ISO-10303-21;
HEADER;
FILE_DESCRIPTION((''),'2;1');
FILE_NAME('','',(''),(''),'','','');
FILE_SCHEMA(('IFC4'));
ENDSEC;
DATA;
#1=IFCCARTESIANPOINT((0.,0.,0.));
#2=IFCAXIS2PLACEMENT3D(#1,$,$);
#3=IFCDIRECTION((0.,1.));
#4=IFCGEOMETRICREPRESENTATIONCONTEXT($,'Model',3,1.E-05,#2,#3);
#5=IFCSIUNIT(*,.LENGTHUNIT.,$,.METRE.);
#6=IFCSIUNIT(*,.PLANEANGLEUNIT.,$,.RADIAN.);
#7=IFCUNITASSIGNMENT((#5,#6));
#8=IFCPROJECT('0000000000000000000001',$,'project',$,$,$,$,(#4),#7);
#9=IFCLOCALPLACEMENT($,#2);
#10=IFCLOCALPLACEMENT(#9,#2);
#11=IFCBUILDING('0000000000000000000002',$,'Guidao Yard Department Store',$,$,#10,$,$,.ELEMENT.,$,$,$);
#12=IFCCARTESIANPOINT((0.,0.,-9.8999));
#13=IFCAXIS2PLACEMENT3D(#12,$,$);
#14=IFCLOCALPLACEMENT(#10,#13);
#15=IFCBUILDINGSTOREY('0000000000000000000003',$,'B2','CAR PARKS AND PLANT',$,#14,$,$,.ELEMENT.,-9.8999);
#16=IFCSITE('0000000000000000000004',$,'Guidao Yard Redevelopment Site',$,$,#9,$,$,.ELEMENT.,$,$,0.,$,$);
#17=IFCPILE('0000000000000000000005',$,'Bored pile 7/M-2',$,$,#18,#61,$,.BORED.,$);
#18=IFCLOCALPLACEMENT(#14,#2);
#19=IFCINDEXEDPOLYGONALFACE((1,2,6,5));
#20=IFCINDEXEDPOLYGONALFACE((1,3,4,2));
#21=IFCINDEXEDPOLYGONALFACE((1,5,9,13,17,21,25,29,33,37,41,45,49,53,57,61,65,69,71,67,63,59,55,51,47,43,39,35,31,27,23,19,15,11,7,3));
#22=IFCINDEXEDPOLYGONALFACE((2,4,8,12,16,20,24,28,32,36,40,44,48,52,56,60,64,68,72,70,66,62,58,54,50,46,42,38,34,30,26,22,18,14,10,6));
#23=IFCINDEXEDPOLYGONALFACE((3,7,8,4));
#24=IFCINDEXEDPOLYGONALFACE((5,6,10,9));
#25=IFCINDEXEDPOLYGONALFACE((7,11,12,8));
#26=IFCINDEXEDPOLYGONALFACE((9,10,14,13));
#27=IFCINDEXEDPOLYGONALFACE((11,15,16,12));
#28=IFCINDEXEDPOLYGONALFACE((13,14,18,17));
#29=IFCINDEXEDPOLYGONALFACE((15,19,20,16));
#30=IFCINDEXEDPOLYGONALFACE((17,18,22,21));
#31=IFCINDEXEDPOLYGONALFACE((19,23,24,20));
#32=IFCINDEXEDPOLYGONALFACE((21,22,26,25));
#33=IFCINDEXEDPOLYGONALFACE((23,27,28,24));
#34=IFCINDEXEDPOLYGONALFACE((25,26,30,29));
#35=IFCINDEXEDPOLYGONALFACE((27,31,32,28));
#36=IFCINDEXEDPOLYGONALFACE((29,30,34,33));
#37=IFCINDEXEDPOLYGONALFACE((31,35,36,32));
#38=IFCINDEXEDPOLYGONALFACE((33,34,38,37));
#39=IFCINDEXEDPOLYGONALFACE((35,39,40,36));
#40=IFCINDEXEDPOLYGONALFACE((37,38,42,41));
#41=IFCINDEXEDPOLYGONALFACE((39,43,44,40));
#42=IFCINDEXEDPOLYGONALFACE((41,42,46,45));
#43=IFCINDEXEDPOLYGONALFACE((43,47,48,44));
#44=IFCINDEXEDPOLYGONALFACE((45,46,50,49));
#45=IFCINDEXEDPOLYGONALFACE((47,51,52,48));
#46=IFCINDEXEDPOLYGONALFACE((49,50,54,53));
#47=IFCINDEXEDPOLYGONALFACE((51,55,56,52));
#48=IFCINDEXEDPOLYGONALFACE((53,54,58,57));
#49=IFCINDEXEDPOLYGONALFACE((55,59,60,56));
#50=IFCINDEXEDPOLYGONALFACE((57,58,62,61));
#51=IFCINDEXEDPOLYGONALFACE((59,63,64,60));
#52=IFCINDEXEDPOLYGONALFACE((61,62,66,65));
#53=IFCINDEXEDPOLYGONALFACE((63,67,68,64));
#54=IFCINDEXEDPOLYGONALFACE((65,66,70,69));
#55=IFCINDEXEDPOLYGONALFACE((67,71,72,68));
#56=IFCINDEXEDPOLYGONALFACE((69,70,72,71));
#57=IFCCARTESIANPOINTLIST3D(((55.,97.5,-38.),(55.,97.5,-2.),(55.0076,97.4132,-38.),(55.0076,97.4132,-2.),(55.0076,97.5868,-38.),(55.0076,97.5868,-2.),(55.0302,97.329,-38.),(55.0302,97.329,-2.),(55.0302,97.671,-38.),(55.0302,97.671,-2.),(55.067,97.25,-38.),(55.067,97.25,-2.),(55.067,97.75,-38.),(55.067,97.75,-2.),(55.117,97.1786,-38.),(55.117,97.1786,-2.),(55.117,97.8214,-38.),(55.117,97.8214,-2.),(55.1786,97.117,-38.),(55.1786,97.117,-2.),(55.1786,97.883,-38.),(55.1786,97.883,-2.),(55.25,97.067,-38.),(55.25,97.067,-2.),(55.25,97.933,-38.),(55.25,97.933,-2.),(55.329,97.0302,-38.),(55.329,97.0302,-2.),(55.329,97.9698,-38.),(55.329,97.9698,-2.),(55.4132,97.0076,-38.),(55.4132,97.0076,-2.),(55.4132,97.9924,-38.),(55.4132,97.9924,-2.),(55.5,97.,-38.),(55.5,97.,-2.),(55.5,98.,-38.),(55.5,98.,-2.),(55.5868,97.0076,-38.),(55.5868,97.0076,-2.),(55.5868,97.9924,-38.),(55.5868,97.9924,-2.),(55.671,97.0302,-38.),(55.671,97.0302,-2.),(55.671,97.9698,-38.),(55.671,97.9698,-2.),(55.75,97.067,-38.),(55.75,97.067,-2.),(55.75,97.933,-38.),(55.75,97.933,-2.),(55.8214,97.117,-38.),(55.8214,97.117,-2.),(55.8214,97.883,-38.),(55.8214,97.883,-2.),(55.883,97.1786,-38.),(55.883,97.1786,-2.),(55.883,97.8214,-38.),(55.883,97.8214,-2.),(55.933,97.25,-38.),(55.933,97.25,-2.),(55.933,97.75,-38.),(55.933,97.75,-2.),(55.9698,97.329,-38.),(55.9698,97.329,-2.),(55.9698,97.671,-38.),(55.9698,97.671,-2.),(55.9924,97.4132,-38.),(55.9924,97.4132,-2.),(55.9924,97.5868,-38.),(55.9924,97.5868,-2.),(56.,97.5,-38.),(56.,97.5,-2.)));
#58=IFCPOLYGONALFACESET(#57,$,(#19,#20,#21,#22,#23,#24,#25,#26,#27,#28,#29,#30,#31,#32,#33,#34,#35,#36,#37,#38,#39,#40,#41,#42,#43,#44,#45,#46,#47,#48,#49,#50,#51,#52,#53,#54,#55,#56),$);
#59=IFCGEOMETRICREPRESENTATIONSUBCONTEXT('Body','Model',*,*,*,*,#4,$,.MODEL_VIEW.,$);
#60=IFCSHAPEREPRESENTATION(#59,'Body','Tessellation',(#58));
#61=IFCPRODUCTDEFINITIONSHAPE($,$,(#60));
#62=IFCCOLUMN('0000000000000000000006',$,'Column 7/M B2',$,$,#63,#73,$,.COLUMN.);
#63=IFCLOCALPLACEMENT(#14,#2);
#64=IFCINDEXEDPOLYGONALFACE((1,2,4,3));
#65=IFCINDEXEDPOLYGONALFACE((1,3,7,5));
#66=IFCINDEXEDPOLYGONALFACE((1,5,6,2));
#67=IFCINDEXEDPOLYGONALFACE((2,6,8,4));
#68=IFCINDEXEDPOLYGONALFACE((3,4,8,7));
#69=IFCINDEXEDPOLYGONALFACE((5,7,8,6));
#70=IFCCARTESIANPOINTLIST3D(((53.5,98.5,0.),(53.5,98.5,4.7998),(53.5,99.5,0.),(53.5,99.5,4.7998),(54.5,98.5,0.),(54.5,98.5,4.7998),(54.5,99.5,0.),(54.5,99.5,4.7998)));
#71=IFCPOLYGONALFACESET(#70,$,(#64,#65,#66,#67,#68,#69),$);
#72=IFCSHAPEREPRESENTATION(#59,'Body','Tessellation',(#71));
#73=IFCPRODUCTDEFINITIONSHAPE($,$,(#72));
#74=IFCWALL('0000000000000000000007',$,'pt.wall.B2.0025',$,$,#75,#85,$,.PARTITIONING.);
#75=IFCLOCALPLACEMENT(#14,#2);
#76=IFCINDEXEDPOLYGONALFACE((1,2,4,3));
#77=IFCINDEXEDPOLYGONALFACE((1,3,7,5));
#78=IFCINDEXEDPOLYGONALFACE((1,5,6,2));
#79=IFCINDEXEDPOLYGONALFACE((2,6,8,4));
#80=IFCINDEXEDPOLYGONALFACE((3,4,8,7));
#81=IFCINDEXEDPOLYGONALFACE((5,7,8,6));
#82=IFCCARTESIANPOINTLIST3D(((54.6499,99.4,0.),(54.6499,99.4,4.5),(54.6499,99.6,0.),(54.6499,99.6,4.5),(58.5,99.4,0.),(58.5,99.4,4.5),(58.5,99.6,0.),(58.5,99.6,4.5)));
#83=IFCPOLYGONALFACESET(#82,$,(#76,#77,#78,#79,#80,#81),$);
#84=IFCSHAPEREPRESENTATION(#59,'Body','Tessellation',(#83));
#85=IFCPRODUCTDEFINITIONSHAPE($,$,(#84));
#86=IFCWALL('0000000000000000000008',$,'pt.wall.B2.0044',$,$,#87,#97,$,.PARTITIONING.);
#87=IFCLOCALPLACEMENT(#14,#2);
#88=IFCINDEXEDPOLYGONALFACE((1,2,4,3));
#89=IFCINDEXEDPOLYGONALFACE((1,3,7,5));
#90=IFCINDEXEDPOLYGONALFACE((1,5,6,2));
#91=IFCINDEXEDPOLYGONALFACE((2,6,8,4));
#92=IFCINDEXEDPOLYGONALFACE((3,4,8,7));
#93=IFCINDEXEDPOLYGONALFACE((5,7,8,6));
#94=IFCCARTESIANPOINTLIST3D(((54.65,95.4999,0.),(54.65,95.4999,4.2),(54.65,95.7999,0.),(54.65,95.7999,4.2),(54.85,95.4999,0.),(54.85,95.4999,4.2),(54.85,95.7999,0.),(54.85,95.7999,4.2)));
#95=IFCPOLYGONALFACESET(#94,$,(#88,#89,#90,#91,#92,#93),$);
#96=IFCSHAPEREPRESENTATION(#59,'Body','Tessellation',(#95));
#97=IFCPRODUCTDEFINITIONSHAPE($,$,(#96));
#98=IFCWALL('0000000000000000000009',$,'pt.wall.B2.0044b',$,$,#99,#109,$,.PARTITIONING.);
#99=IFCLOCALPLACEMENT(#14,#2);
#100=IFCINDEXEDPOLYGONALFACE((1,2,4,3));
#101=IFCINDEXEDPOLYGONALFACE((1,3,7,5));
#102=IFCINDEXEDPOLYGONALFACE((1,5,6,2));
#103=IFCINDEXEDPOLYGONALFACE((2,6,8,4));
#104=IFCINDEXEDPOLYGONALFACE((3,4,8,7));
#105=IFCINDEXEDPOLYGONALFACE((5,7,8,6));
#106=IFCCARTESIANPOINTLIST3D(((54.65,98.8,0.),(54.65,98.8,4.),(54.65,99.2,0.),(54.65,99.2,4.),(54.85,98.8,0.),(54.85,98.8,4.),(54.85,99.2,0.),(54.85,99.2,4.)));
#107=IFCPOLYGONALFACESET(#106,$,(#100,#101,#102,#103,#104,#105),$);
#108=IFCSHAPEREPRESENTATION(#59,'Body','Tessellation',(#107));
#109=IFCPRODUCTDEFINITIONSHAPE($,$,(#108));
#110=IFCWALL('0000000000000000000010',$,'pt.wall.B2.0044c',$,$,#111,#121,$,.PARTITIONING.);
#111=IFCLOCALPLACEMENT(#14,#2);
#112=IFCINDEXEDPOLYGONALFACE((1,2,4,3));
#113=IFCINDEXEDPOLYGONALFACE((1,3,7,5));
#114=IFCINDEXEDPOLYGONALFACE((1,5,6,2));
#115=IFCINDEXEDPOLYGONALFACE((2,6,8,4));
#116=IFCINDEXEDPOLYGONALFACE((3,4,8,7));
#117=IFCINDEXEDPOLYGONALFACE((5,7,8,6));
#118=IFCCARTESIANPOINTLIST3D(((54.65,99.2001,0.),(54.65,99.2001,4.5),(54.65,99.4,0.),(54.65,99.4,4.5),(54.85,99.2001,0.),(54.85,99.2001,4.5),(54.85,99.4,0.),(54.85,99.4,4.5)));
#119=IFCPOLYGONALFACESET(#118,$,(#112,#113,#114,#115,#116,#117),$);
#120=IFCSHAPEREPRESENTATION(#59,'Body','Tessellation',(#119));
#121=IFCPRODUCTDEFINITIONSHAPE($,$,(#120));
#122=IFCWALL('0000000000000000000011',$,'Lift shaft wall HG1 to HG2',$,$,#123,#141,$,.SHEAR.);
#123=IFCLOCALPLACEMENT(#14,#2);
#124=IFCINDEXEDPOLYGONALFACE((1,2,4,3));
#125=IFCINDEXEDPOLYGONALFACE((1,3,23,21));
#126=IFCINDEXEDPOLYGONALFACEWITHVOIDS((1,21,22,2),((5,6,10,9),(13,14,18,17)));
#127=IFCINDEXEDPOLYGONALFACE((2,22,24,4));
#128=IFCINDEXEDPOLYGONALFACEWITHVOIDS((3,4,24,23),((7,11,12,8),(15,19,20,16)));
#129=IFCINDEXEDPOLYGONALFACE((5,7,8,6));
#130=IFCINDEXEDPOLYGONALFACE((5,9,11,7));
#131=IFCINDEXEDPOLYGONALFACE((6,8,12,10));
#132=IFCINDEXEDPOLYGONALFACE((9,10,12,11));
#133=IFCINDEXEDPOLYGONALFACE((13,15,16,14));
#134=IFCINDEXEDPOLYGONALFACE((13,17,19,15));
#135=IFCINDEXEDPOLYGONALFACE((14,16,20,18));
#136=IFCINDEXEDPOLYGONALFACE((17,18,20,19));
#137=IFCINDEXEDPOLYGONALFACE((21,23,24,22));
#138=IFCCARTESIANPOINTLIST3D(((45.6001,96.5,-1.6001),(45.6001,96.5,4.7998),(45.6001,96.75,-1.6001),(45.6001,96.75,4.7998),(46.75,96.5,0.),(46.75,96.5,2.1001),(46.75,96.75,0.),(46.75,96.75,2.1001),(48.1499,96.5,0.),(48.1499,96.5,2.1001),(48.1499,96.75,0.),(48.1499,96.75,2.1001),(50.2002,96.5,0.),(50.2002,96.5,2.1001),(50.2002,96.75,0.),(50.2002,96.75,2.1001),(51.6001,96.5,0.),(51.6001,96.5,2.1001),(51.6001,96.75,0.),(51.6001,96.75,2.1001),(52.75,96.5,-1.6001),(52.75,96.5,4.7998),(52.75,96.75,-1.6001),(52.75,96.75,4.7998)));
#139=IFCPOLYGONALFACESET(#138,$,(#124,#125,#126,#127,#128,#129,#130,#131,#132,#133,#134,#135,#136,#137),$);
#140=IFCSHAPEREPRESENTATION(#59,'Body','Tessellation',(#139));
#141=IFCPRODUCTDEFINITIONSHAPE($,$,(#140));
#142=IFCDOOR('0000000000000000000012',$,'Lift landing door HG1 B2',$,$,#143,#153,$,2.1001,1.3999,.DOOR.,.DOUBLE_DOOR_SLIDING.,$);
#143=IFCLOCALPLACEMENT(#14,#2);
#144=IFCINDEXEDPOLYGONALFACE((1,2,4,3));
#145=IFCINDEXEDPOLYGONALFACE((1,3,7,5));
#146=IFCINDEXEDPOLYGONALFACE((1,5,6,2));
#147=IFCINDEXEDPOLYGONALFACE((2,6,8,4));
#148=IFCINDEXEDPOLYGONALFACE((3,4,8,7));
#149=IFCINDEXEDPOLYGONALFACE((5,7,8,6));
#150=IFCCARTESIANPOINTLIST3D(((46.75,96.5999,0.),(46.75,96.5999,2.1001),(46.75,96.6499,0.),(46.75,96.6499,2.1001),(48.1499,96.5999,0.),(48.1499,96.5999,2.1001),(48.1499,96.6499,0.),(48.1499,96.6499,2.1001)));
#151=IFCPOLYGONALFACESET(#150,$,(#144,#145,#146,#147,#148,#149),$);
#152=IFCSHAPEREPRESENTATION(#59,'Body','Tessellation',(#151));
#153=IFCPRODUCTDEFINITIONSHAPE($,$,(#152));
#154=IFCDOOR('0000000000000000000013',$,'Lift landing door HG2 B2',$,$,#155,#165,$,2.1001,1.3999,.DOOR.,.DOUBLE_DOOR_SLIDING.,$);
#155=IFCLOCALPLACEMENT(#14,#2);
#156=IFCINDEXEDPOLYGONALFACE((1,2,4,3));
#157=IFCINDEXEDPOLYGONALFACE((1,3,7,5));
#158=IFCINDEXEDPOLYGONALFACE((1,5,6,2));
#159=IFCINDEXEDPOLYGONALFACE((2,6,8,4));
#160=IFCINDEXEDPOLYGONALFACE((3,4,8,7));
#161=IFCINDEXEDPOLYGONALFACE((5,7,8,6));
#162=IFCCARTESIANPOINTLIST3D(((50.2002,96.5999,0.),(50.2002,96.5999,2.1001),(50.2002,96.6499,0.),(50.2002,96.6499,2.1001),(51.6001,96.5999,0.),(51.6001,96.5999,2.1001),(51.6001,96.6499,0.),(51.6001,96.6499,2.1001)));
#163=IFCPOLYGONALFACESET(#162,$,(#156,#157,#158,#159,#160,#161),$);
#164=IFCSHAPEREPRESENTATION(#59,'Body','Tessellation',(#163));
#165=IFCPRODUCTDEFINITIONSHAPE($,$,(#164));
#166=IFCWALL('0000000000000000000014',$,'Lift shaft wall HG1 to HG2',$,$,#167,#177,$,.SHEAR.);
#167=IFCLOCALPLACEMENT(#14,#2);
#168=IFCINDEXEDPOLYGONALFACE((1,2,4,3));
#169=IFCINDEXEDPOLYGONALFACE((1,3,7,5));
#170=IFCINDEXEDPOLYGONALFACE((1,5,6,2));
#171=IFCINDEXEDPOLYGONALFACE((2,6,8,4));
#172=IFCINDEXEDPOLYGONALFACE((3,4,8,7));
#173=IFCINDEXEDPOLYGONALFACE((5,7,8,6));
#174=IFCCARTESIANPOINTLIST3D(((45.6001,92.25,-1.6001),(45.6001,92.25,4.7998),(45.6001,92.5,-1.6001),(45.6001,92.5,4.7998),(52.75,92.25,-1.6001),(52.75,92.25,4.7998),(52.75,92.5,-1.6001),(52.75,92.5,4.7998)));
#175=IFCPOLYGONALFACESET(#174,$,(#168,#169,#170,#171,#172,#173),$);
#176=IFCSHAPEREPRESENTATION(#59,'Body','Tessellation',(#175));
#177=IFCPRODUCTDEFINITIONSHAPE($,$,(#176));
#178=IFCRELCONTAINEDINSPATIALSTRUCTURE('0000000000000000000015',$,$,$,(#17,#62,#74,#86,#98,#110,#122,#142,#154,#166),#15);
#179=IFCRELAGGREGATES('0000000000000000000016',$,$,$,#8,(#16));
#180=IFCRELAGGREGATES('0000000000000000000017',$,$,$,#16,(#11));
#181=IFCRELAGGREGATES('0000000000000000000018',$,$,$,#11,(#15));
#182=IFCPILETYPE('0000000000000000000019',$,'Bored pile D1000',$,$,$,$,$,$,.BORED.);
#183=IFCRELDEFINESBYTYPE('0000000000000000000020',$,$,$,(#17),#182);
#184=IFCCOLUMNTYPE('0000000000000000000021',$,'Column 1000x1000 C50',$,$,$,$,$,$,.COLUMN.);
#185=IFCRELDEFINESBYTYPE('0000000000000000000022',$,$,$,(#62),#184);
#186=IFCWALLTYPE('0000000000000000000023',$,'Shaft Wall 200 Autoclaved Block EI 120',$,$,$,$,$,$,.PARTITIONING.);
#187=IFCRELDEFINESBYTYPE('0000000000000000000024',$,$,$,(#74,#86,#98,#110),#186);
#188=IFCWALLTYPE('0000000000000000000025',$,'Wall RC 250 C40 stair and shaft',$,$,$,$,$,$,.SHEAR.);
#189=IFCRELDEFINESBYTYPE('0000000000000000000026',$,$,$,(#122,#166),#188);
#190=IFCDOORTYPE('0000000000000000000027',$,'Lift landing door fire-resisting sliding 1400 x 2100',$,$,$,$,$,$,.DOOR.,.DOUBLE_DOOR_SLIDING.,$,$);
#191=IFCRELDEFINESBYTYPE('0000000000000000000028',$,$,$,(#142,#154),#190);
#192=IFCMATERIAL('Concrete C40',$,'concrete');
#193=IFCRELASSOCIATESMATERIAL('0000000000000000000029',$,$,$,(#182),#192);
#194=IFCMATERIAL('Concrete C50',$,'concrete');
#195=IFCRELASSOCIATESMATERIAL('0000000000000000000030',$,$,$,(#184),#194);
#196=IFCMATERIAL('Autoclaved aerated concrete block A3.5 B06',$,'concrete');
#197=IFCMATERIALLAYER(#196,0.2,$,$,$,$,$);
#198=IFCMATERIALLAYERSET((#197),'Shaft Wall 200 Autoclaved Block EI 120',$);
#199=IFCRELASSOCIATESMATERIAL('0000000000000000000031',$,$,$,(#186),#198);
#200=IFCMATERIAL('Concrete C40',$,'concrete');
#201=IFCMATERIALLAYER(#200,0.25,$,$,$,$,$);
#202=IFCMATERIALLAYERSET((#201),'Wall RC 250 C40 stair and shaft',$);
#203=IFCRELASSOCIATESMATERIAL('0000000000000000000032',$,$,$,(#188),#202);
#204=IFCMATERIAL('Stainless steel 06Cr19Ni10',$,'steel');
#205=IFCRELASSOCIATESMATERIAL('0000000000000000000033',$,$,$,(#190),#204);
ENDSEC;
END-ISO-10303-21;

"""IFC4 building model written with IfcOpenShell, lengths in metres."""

from ifc_helpers import new_model, si_unit, direction, frame, frame_2d, origin, origin_2d, place, context, subcontext, project, spatial, rectangle, circle, extrude, material, layer, layer_set, material_profile, profile_set, type_object, element, fill, save


model = new_model("IFC4")

# Units and contexts
model_context = context("Model", 3, precision=1e-05, world=origin(), true_north=direction((0.0, 1.0)))
body_context = subcontext(model_context, "Body", "Model", "MODEL_VIEW")
ifc_project = project(units=[si_unit("LENGTHUNIT", "METRE"), si_unit("PLANEANGLEUNIT", "RADIAN")], contexts=[model_context])

# Site, building, storey
site_placement = place(None, origin())
site = spatial("IfcSite", under=ifc_project, at=site_placement, Name="Guidao Yard Redevelopment Site", CompositionType="ELEMENT", RefElevation=0.0)
building_placement = place(site_placement, origin())
building = spatial("IfcBuilding", under=site, at=building_placement, Name="Guidao Yard Department Store", CompositionType="ELEMENT")
storey_placement = place(building_placement, frame((0.0, 0.0, -9.8999)))
storey = spatial("IfcBuildingStorey", under=building, at=storey_placement, Name="B2", Description="CAR PARKS AND PLANT", CompositionType="ELEMENT", Elevation=-9.8999)

# Pile
ifc_material_1 = material(Name="Concrete C40", Category="concrete")
ifc_material_profile_1 = material_profile(ifc_material_1, circle(Radius=0.5, at=origin_2d()), Name="Bored pile D1000")
ifc_profile_set_1 = profile_set([ifc_material_profile_1], Name="Concrete C40")
pile_type = type_object("IfcPileType", Name="Bored pile D1000", PredefinedType="BORED", material=ifc_profile_set_1)
pile_placement = place(storey_placement, frame((55.5, 97.5, -2.0), z_axis=(0.0, 0.0, -1.0), x_axis=(1.0, 0.0, 0.0)))
element("IfcPile", 1, at=pile_placement, inside=storey, type_object=pile_type, Name="Bored pile 7/M-2", PredefinedType="BORED", context=body_context, shape_type="SweptSolid", body=[
    extrude(circle(Radius=0.5, at=origin_2d()), origin(), (0.0, 0.0, 1.0), 36.0),
])

# Column
ifc_material_2 = material(Name="Concrete C50", Category="concrete")
ifc_material_profile_2 = material_profile(ifc_material_2, rectangle(XDim=1.0, YDim=1.0, at=origin_2d()), Name="COL 1000x1000")
ifc_profile_set_2 = profile_set([ifc_material_profile_2], Name="Concrete C50")
column_type = type_object("IfcColumnType", Name="Column 1000x1000 C50", PredefinedType="COLUMN", material=ifc_profile_set_2)
column_placement = place(storey_placement, frame((54.0, 99.0, 0.0), z_axis=(0.0, 0.0, 1.0), x_axis=(1.0, 0.0, 0.0)))
element("IfcColumn", 2, at=column_placement, inside=storey, type_object=column_type, Name="Column 7/M B2", PredefinedType="COLUMN", context=body_context, shape_type="SweptSolid", body=[
    extrude(rectangle(XDim=1.0, YDim=1.0, at=origin_2d()), origin(), (0.0, 0.0, 1.0), 4.7998),
])

# Walls
ifc_material_3 = material(Name="Autoclaved aerated concrete block A3.5 B06", Category="concrete")
ifc_layer_1 = layer(ifc_material_3, 0.2)
ifc_layer_set_1 = layer_set([ifc_layer_1], Name="Shaft Wall 200 Autoclaved Block EI 120")
wall_type_1 = type_object("IfcWallType", Name="Shaft Wall 200 Autoclaved Block EI 120", PredefinedType="PARTITIONING", material=ifc_layer_set_1)
wall_1_placement = place(storey_placement, frame((54.6499, 99.5, 0.0), z_axis=(0.0, 0.0, 1.0), x_axis=(1.0, 0.0, 0.0)))
element("IfcWall", 3, at=wall_1_placement, inside=storey, type_object=wall_type_1, Name="pt.wall.B2.0025", PredefinedType="PARTITIONING", context=body_context, shape_type="SweptSolid", body=[
    extrude(rectangle(XDim=3.8501, YDim=0.2, at=frame_2d((1.925, 0.0))), origin(), (0.0, 0.0, 1.0), 4.5),
])
wall_2_placement = place(storey_placement, frame((54.75, 95.5, 0.0), z_axis=(0.0, 0.0, 1.0), x_axis=(0.0, 1.0, 0.0)))
element("IfcWall", 4, at=wall_2_placement, inside=storey, type_object=wall_type_1, Name="pt.wall.B2.0044", PredefinedType="PARTITIONING", context=body_context, shape_type="SweptSolid", body=[
    extrude(rectangle(XDim=0.3, YDim=0.2, at=frame_2d((0.1499, 0.0))), origin(), (0.0, 0.0, 1.0), 4.2),
])

# Walls
wall_3_placement = place(storey_placement, frame((54.75, 98.8, 0.0), z_axis=(0.0, 0.0, 1.0), x_axis=(0.0, 1.0, 0.0)))
element("IfcWall", 5, at=wall_3_placement, inside=storey, type_object=wall_type_1, Name="pt.wall.B2.0044b", PredefinedType="PARTITIONING", context=body_context, shape_type="SweptSolid", body=[
    extrude(rectangle(XDim=0.3999, YDim=0.2, at=frame_2d((0.2, 0.0))), origin(), (0.0, 0.0, 1.0), 4.0),
])
wall_4_placement = place(storey_placement, frame((54.75, 99.2, 0.0), z_axis=(0.0, 0.0, 1.0), x_axis=(0.0, 1.0, 0.0)))
element("IfcWall", 6, at=wall_4_placement, inside=storey, type_object=wall_type_1, Name="pt.wall.B2.0044c", PredefinedType="PARTITIONING", context=body_context, shape_type="SweptSolid", body=[
    extrude(rectangle(XDim=0.2, YDim=0.2, at=frame_2d((0.1001, 0.0))), origin(), (0.0, 0.0, 1.0), 4.5),
])

# Wall, openings, doors
ifc_material_4 = material(Name="Concrete C40", Category="concrete")
ifc_layer_2 = layer(ifc_material_4, 0.25)
ifc_layer_set_2 = layer_set([ifc_layer_2], Name="Wall RC 250 C40 stair and shaft")
wall_type_2 = type_object("IfcWallType", Name="Wall RC 250 C40 stair and shaft", PredefinedType="SHEAR", material=ifc_layer_set_2)
wall_5_placement = place(storey_placement, frame((45.6001, 96.625, -1.6001), z_axis=(0.0, 0.0, 1.0), x_axis=(1.0, 0.0, 0.0)))
wall_5 = element("IfcWall", 7, at=wall_5_placement, inside=storey, type_object=wall_type_2, Name="Lift shaft wall HG1 to HG2", PredefinedType="SHEAR", context=body_context, shape_type="SweptSolid", body=[
    extrude(rectangle(XDim=7.1499, YDim=0.25, at=frame_2d((3.575, 0.0))), origin(), (0.0, 0.0, 1.0), 6.3999),
])
opening_1_placement = place(wall_5_placement, frame((1.1499, 0.0, 1.6001)))
opening_1 = element("IfcOpeningElement", 8, at=opening_1_placement, cuts=wall_5, PredefinedType="OPENING", context=body_context, shape_type="SweptSolid", body=[
    extrude(rectangle(XDim=1.3999, YDim=2.1001, at=frame_2d((0.7, 1.05))), frame((0.0, 0.135, 0.0), z_axis=(0.0, -1.0, 0.0), x_axis=(1.0, 0.0, 0.0)), (0.0, 0.0, 1.0), 0.27),
])
opening_2_placement = place(wall_5_placement, frame((4.6001, 0.0, 1.6001)))
opening_2 = element("IfcOpeningElement", 9, at=opening_2_placement, cuts=wall_5, PredefinedType="OPENING", context=body_context, shape_type="SweptSolid", body=[
    extrude(rectangle(XDim=1.3999, YDim=2.1001, at=frame_2d((0.7, 1.05))), frame((0.0, 0.135, 0.0), z_axis=(0.0, -1.0, 0.0), x_axis=(1.0, 0.0, 0.0)), (0.0, 0.0, 1.0), 0.27),
])
ifc_material_5 = material(Name="Stainless steel 06Cr19Ni10", Category="steel")
door_type_1 = type_object("IfcDoorType", Name="Lift landing door fire-resisting sliding 1400 x 2100", OperationType="DOUBLE_DOOR_SLIDING", PredefinedType="DOOR", material=ifc_material_5)
door_1_placement = place(opening_1_placement, origin())
door_1 = element("IfcDoor", 10, at=door_1_placement, inside=storey, type_object=door_type_1, Name="Lift landing door HG1 B2", OperationType="DOUBLE_DOOR_SLIDING", OverallHeight=2.1001, OverallWidth=1.3999, PredefinedType="DOOR", context=body_context, shape_type="SweptSolid", body=[
    extrude(rectangle(XDim=1.3999, YDim=2.1001, at=frame_2d((0.7, 1.05))), frame((0.0, 0.0249, 0.0), z_axis=(0.0, -1.0, 0.0), x_axis=(1.0, 0.0, 0.0)), (0.0, 0.0, 1.0), 0.05),
])
fill(opening_1, door_1)
door_2_placement = place(opening_2_placement, origin())
door_2 = element("IfcDoor", 11, at=door_2_placement, inside=storey, type_object=door_type_1, Name="Lift landing door HG2 B2", OperationType="DOUBLE_DOOR_SLIDING", OverallHeight=2.1001, OverallWidth=1.3999, PredefinedType="DOOR", context=body_context, shape_type="SweptSolid", body=[
    extrude(rectangle(XDim=1.3999, YDim=2.1001, at=frame_2d((0.7, 1.05))), frame((0.0, 0.0249, 0.0), z_axis=(0.0, -1.0, 0.0), x_axis=(1.0, 0.0, 0.0)), (0.0, 0.0, 1.0), 0.05),
])
fill(opening_2, door_2)

# Wall
wall_6_placement = place(storey_placement, frame((45.6001, 92.375, -1.6001), z_axis=(0.0, 0.0, 1.0), x_axis=(1.0, 0.0, 0.0)))
element("IfcWall", 12, at=wall_6_placement, inside=storey, type_object=wall_type_2, Name="Lift shaft wall HG1 to HG2", PredefinedType="SHEAR", context=body_context, shape_type="SweptSolid", body=[
    extrude(rectangle(XDim=7.1499, YDim=0.25, at=frame_2d((3.575, 0.0))), origin(), (0.0, 0.0, 1.0), 6.3999),
])

save(model, "model.ifc")
